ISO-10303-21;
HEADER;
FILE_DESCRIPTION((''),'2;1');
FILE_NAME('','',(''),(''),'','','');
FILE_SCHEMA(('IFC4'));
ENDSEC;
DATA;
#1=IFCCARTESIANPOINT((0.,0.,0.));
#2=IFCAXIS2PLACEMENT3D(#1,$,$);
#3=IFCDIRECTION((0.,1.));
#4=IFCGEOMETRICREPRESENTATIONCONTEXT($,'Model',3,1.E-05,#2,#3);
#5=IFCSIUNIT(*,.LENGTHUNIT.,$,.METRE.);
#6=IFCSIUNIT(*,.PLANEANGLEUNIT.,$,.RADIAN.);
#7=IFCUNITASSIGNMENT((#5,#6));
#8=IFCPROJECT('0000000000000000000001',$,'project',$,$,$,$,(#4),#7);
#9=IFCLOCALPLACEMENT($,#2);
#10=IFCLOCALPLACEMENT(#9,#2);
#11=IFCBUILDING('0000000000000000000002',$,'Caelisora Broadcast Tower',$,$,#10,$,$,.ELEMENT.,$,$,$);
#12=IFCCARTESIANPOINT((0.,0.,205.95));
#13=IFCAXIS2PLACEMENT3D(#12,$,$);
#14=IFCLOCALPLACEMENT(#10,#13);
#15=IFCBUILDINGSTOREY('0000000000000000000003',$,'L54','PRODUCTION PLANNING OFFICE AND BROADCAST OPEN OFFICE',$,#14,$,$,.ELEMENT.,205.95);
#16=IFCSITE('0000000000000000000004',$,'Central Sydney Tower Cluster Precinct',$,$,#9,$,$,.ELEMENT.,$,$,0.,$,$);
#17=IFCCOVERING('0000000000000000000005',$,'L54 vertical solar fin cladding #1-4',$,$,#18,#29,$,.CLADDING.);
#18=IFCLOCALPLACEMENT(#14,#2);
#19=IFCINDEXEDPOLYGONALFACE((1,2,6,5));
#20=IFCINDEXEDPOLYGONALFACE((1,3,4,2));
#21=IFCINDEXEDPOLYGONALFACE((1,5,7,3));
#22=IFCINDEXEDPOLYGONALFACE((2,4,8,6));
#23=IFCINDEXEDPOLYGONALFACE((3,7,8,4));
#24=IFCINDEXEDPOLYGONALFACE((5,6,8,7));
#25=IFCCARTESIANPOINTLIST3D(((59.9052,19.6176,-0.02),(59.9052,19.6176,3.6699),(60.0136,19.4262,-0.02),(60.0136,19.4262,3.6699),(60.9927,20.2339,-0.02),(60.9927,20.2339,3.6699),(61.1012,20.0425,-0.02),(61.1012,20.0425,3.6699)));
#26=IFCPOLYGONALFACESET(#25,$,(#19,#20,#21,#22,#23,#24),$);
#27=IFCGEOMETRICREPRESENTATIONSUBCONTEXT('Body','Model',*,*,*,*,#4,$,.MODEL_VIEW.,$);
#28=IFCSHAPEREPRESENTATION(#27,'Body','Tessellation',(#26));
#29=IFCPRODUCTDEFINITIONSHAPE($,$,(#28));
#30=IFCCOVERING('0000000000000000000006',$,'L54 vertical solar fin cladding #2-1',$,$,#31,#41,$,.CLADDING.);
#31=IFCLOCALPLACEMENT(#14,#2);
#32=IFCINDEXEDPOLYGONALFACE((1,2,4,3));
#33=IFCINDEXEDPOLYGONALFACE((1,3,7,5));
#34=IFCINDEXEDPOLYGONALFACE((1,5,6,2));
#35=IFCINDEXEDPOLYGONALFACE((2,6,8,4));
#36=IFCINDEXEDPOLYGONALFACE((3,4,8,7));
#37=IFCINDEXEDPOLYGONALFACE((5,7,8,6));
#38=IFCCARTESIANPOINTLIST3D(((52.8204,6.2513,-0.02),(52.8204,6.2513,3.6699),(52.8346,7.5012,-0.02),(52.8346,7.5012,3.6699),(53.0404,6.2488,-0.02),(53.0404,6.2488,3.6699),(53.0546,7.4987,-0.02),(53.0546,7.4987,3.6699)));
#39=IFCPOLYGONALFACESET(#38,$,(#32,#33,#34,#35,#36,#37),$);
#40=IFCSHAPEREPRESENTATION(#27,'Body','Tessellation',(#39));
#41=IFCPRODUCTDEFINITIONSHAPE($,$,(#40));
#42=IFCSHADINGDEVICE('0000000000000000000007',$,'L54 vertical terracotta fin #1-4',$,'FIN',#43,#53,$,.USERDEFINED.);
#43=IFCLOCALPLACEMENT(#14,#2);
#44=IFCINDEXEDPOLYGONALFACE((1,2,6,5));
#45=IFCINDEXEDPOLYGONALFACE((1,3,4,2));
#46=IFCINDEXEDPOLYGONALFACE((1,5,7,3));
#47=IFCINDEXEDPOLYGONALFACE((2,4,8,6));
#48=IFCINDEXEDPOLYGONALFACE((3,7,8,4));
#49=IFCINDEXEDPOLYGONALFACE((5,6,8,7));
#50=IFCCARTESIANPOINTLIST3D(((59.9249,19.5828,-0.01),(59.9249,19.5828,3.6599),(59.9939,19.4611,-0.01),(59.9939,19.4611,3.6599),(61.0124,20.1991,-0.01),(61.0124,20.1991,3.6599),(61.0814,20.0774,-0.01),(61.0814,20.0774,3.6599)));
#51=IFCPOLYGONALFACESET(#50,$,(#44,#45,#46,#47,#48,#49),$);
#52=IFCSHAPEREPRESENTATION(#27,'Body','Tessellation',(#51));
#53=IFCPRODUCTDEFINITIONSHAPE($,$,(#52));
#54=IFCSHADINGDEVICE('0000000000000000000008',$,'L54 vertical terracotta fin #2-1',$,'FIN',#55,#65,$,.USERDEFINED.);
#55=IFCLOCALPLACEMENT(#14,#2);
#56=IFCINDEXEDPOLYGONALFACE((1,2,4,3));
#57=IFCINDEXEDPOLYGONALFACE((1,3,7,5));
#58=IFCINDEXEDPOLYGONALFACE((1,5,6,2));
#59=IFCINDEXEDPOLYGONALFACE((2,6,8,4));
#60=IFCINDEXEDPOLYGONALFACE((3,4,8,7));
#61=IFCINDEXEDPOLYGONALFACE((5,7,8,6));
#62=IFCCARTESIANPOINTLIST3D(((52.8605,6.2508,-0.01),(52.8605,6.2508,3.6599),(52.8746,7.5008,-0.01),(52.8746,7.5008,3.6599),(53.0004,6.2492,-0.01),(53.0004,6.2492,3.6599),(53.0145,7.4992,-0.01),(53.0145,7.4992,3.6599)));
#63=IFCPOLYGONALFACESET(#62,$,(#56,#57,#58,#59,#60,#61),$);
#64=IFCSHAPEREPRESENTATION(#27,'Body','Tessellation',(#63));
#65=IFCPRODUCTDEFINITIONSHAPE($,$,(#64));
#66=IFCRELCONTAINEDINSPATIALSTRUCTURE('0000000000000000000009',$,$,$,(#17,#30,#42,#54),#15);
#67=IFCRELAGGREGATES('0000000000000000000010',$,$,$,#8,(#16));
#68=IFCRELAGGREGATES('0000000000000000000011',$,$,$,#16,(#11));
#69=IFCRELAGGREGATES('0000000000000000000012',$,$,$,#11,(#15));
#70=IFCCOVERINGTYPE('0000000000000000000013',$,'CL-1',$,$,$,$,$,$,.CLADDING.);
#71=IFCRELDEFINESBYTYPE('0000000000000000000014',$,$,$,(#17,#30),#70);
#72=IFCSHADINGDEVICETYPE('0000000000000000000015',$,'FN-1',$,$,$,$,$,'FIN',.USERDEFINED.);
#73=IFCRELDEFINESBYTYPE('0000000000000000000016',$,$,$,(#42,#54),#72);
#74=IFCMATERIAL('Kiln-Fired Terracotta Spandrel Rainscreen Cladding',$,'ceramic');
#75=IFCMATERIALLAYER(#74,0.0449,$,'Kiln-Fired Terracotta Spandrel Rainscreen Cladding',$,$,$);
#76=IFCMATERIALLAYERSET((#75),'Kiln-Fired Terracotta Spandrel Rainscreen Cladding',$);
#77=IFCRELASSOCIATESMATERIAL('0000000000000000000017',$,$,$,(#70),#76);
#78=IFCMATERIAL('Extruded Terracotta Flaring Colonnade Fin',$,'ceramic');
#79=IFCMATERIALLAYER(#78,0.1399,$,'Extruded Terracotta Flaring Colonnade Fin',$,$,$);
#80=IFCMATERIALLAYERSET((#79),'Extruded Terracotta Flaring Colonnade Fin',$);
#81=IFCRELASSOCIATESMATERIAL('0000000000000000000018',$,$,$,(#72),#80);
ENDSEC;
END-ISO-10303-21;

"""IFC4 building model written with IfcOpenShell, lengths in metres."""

from ifc_helpers import new_model, si_unit, direction, frame, origin, origin_2d, place, context, subcontext, project, spatial, rectangle, extrude, source, transform, mapped, material, layer, layer_set, type_object, type_shapes, element, save


model = new_model("IFC4")

# Units and contexts
model_context = context("Model", 3, precision=1e-05, world=origin(), true_north=direction((0.0, 1.0)))
body_context = subcontext(model_context, "Body", "Model", "MODEL_VIEW")
ifc_project = project(units=[si_unit("LENGTHUNIT", "METRE"), si_unit("PLANEANGLEUNIT", "RADIAN")], contexts=[model_context])

# Site, building, storey
site_placement = place(None, origin())
site = spatial("IfcSite", under=ifc_project, at=site_placement, Name="Central Sydney Tower Cluster Precinct", CompositionType="ELEMENT", RefElevation=0.0)
building_placement = place(site_placement, origin())
building = spatial("IfcBuilding", under=site, at=building_placement, Name="Caelisora Broadcast Tower", CompositionType="ELEMENT")
storey_placement = place(building_placement, frame((0.0, 0.0, 205.95)))
storey = spatial("IfcBuildingStorey", under=building, at=storey_placement, Name="L54", Description="PRODUCTION PLANNING OFFICE AND BROADCAST OPEN OFFICE", CompositionType="ELEMENT", Elevation=205.95)

# Coverings
ifc_material_1 = material(Name="Kiln-Fired Terracotta Spandrel Rainscreen Cladding", Category="ceramic")
ifc_layer_1 = layer(ifc_material_1, 0.0449, Name="Kiln-Fired Terracotta Spandrel Rainscreen Cladding")
ifc_layer_set_1 = layer_set([ifc_layer_1], Name="Kiln-Fired Terracotta Spandrel Rainscreen Cladding")
covering_type = type_object("IfcCoveringType", Name="CL-1", PredefinedType="CLADDING", material=ifc_layer_set_1)
shared_shape_1 = source(origin(), body_context, "Body", "SweptSolid", [
    extrude(rectangle(XDim=0.22, YDim=1.25, at=origin_2d()), origin(), (0.0, 0.0, 1.0), 3.6899),
])
type_shapes(covering_type, [shared_shape_1])
for number, where, z_axis, x_axis, name in (
    (1, (60.5032, 19.8301, -0.02), (0.0, 0.0, 1.0), (0.493031, -0.870012, 0.0), "L54 vertical solar fin cladding #1-4"),
    (2, (52.9375, 6.875, -0.02), (0.0, 0.0, 1.0), (-0.999936, 0.011344, 0.0), "L54 vertical solar fin cladding #2-1"),
):
    element("IfcCovering", number, at=place(storey_placement, frame(where, z_axis=z_axis, x_axis=x_axis)), inside=storey, type_object=covering_type, Name=name, PredefinedType="CLADDING", context=body_context, shape_type="MappedRepresentation", body=[
        mapped(shared_shape_1, transform((0.0, 0.0, 0.0), scale=1.0)),
    ])

# Shading devices
ifc_material_2 = material(Name="Extruded Terracotta Flaring Colonnade Fin", Category="ceramic")
ifc_layer_2 = layer(ifc_material_2, 0.1399, Name="Extruded Terracotta Flaring Colonnade Fin")
ifc_layer_set_2 = layer_set([ifc_layer_2], Name="Extruded Terracotta Flaring Colonnade Fin")
shading_device_type = type_object("IfcShadingDeviceType", Name="FN-1", ElementType="FIN", PredefinedType="USERDEFINED", material=ifc_layer_set_2)
shared_shape_2 = source(origin(), body_context, "Body", "SweptSolid", [
    extrude(rectangle(XDim=0.1399, YDim=1.25, at=origin_2d()), origin(), (0.0, 0.0, 1.0), 3.6699),
])
type_shapes(shading_device_type, [shared_shape_2])
for number, where, z_axis, x_axis, name in (
    (3, (60.5032, 19.8301, -0.01), (0.0, 0.0, 1.0), (0.493031, -0.870012, 0.0), "L54 vertical terracotta fin #1-4"),
    (4, (52.9375, 6.875, -0.01), (0.0, 0.0, 1.0), (-0.999936, 0.011344, 0.0), "L54 vertical terracotta fin #2-1"),
):
    element("IfcShadingDevice", number, at=place(storey_placement, frame(where, z_axis=z_axis, x_axis=x_axis)), inside=storey, type_object=shading_device_type, Name=name, ObjectType="FIN", PredefinedType="USERDEFINED", context=body_context, shape_type="MappedRepresentation", body=[
        mapped(shared_shape_2, transform((0.0, 0.0, 0.0), scale=1.0)),
    ])

save(model, "model.ifc")
